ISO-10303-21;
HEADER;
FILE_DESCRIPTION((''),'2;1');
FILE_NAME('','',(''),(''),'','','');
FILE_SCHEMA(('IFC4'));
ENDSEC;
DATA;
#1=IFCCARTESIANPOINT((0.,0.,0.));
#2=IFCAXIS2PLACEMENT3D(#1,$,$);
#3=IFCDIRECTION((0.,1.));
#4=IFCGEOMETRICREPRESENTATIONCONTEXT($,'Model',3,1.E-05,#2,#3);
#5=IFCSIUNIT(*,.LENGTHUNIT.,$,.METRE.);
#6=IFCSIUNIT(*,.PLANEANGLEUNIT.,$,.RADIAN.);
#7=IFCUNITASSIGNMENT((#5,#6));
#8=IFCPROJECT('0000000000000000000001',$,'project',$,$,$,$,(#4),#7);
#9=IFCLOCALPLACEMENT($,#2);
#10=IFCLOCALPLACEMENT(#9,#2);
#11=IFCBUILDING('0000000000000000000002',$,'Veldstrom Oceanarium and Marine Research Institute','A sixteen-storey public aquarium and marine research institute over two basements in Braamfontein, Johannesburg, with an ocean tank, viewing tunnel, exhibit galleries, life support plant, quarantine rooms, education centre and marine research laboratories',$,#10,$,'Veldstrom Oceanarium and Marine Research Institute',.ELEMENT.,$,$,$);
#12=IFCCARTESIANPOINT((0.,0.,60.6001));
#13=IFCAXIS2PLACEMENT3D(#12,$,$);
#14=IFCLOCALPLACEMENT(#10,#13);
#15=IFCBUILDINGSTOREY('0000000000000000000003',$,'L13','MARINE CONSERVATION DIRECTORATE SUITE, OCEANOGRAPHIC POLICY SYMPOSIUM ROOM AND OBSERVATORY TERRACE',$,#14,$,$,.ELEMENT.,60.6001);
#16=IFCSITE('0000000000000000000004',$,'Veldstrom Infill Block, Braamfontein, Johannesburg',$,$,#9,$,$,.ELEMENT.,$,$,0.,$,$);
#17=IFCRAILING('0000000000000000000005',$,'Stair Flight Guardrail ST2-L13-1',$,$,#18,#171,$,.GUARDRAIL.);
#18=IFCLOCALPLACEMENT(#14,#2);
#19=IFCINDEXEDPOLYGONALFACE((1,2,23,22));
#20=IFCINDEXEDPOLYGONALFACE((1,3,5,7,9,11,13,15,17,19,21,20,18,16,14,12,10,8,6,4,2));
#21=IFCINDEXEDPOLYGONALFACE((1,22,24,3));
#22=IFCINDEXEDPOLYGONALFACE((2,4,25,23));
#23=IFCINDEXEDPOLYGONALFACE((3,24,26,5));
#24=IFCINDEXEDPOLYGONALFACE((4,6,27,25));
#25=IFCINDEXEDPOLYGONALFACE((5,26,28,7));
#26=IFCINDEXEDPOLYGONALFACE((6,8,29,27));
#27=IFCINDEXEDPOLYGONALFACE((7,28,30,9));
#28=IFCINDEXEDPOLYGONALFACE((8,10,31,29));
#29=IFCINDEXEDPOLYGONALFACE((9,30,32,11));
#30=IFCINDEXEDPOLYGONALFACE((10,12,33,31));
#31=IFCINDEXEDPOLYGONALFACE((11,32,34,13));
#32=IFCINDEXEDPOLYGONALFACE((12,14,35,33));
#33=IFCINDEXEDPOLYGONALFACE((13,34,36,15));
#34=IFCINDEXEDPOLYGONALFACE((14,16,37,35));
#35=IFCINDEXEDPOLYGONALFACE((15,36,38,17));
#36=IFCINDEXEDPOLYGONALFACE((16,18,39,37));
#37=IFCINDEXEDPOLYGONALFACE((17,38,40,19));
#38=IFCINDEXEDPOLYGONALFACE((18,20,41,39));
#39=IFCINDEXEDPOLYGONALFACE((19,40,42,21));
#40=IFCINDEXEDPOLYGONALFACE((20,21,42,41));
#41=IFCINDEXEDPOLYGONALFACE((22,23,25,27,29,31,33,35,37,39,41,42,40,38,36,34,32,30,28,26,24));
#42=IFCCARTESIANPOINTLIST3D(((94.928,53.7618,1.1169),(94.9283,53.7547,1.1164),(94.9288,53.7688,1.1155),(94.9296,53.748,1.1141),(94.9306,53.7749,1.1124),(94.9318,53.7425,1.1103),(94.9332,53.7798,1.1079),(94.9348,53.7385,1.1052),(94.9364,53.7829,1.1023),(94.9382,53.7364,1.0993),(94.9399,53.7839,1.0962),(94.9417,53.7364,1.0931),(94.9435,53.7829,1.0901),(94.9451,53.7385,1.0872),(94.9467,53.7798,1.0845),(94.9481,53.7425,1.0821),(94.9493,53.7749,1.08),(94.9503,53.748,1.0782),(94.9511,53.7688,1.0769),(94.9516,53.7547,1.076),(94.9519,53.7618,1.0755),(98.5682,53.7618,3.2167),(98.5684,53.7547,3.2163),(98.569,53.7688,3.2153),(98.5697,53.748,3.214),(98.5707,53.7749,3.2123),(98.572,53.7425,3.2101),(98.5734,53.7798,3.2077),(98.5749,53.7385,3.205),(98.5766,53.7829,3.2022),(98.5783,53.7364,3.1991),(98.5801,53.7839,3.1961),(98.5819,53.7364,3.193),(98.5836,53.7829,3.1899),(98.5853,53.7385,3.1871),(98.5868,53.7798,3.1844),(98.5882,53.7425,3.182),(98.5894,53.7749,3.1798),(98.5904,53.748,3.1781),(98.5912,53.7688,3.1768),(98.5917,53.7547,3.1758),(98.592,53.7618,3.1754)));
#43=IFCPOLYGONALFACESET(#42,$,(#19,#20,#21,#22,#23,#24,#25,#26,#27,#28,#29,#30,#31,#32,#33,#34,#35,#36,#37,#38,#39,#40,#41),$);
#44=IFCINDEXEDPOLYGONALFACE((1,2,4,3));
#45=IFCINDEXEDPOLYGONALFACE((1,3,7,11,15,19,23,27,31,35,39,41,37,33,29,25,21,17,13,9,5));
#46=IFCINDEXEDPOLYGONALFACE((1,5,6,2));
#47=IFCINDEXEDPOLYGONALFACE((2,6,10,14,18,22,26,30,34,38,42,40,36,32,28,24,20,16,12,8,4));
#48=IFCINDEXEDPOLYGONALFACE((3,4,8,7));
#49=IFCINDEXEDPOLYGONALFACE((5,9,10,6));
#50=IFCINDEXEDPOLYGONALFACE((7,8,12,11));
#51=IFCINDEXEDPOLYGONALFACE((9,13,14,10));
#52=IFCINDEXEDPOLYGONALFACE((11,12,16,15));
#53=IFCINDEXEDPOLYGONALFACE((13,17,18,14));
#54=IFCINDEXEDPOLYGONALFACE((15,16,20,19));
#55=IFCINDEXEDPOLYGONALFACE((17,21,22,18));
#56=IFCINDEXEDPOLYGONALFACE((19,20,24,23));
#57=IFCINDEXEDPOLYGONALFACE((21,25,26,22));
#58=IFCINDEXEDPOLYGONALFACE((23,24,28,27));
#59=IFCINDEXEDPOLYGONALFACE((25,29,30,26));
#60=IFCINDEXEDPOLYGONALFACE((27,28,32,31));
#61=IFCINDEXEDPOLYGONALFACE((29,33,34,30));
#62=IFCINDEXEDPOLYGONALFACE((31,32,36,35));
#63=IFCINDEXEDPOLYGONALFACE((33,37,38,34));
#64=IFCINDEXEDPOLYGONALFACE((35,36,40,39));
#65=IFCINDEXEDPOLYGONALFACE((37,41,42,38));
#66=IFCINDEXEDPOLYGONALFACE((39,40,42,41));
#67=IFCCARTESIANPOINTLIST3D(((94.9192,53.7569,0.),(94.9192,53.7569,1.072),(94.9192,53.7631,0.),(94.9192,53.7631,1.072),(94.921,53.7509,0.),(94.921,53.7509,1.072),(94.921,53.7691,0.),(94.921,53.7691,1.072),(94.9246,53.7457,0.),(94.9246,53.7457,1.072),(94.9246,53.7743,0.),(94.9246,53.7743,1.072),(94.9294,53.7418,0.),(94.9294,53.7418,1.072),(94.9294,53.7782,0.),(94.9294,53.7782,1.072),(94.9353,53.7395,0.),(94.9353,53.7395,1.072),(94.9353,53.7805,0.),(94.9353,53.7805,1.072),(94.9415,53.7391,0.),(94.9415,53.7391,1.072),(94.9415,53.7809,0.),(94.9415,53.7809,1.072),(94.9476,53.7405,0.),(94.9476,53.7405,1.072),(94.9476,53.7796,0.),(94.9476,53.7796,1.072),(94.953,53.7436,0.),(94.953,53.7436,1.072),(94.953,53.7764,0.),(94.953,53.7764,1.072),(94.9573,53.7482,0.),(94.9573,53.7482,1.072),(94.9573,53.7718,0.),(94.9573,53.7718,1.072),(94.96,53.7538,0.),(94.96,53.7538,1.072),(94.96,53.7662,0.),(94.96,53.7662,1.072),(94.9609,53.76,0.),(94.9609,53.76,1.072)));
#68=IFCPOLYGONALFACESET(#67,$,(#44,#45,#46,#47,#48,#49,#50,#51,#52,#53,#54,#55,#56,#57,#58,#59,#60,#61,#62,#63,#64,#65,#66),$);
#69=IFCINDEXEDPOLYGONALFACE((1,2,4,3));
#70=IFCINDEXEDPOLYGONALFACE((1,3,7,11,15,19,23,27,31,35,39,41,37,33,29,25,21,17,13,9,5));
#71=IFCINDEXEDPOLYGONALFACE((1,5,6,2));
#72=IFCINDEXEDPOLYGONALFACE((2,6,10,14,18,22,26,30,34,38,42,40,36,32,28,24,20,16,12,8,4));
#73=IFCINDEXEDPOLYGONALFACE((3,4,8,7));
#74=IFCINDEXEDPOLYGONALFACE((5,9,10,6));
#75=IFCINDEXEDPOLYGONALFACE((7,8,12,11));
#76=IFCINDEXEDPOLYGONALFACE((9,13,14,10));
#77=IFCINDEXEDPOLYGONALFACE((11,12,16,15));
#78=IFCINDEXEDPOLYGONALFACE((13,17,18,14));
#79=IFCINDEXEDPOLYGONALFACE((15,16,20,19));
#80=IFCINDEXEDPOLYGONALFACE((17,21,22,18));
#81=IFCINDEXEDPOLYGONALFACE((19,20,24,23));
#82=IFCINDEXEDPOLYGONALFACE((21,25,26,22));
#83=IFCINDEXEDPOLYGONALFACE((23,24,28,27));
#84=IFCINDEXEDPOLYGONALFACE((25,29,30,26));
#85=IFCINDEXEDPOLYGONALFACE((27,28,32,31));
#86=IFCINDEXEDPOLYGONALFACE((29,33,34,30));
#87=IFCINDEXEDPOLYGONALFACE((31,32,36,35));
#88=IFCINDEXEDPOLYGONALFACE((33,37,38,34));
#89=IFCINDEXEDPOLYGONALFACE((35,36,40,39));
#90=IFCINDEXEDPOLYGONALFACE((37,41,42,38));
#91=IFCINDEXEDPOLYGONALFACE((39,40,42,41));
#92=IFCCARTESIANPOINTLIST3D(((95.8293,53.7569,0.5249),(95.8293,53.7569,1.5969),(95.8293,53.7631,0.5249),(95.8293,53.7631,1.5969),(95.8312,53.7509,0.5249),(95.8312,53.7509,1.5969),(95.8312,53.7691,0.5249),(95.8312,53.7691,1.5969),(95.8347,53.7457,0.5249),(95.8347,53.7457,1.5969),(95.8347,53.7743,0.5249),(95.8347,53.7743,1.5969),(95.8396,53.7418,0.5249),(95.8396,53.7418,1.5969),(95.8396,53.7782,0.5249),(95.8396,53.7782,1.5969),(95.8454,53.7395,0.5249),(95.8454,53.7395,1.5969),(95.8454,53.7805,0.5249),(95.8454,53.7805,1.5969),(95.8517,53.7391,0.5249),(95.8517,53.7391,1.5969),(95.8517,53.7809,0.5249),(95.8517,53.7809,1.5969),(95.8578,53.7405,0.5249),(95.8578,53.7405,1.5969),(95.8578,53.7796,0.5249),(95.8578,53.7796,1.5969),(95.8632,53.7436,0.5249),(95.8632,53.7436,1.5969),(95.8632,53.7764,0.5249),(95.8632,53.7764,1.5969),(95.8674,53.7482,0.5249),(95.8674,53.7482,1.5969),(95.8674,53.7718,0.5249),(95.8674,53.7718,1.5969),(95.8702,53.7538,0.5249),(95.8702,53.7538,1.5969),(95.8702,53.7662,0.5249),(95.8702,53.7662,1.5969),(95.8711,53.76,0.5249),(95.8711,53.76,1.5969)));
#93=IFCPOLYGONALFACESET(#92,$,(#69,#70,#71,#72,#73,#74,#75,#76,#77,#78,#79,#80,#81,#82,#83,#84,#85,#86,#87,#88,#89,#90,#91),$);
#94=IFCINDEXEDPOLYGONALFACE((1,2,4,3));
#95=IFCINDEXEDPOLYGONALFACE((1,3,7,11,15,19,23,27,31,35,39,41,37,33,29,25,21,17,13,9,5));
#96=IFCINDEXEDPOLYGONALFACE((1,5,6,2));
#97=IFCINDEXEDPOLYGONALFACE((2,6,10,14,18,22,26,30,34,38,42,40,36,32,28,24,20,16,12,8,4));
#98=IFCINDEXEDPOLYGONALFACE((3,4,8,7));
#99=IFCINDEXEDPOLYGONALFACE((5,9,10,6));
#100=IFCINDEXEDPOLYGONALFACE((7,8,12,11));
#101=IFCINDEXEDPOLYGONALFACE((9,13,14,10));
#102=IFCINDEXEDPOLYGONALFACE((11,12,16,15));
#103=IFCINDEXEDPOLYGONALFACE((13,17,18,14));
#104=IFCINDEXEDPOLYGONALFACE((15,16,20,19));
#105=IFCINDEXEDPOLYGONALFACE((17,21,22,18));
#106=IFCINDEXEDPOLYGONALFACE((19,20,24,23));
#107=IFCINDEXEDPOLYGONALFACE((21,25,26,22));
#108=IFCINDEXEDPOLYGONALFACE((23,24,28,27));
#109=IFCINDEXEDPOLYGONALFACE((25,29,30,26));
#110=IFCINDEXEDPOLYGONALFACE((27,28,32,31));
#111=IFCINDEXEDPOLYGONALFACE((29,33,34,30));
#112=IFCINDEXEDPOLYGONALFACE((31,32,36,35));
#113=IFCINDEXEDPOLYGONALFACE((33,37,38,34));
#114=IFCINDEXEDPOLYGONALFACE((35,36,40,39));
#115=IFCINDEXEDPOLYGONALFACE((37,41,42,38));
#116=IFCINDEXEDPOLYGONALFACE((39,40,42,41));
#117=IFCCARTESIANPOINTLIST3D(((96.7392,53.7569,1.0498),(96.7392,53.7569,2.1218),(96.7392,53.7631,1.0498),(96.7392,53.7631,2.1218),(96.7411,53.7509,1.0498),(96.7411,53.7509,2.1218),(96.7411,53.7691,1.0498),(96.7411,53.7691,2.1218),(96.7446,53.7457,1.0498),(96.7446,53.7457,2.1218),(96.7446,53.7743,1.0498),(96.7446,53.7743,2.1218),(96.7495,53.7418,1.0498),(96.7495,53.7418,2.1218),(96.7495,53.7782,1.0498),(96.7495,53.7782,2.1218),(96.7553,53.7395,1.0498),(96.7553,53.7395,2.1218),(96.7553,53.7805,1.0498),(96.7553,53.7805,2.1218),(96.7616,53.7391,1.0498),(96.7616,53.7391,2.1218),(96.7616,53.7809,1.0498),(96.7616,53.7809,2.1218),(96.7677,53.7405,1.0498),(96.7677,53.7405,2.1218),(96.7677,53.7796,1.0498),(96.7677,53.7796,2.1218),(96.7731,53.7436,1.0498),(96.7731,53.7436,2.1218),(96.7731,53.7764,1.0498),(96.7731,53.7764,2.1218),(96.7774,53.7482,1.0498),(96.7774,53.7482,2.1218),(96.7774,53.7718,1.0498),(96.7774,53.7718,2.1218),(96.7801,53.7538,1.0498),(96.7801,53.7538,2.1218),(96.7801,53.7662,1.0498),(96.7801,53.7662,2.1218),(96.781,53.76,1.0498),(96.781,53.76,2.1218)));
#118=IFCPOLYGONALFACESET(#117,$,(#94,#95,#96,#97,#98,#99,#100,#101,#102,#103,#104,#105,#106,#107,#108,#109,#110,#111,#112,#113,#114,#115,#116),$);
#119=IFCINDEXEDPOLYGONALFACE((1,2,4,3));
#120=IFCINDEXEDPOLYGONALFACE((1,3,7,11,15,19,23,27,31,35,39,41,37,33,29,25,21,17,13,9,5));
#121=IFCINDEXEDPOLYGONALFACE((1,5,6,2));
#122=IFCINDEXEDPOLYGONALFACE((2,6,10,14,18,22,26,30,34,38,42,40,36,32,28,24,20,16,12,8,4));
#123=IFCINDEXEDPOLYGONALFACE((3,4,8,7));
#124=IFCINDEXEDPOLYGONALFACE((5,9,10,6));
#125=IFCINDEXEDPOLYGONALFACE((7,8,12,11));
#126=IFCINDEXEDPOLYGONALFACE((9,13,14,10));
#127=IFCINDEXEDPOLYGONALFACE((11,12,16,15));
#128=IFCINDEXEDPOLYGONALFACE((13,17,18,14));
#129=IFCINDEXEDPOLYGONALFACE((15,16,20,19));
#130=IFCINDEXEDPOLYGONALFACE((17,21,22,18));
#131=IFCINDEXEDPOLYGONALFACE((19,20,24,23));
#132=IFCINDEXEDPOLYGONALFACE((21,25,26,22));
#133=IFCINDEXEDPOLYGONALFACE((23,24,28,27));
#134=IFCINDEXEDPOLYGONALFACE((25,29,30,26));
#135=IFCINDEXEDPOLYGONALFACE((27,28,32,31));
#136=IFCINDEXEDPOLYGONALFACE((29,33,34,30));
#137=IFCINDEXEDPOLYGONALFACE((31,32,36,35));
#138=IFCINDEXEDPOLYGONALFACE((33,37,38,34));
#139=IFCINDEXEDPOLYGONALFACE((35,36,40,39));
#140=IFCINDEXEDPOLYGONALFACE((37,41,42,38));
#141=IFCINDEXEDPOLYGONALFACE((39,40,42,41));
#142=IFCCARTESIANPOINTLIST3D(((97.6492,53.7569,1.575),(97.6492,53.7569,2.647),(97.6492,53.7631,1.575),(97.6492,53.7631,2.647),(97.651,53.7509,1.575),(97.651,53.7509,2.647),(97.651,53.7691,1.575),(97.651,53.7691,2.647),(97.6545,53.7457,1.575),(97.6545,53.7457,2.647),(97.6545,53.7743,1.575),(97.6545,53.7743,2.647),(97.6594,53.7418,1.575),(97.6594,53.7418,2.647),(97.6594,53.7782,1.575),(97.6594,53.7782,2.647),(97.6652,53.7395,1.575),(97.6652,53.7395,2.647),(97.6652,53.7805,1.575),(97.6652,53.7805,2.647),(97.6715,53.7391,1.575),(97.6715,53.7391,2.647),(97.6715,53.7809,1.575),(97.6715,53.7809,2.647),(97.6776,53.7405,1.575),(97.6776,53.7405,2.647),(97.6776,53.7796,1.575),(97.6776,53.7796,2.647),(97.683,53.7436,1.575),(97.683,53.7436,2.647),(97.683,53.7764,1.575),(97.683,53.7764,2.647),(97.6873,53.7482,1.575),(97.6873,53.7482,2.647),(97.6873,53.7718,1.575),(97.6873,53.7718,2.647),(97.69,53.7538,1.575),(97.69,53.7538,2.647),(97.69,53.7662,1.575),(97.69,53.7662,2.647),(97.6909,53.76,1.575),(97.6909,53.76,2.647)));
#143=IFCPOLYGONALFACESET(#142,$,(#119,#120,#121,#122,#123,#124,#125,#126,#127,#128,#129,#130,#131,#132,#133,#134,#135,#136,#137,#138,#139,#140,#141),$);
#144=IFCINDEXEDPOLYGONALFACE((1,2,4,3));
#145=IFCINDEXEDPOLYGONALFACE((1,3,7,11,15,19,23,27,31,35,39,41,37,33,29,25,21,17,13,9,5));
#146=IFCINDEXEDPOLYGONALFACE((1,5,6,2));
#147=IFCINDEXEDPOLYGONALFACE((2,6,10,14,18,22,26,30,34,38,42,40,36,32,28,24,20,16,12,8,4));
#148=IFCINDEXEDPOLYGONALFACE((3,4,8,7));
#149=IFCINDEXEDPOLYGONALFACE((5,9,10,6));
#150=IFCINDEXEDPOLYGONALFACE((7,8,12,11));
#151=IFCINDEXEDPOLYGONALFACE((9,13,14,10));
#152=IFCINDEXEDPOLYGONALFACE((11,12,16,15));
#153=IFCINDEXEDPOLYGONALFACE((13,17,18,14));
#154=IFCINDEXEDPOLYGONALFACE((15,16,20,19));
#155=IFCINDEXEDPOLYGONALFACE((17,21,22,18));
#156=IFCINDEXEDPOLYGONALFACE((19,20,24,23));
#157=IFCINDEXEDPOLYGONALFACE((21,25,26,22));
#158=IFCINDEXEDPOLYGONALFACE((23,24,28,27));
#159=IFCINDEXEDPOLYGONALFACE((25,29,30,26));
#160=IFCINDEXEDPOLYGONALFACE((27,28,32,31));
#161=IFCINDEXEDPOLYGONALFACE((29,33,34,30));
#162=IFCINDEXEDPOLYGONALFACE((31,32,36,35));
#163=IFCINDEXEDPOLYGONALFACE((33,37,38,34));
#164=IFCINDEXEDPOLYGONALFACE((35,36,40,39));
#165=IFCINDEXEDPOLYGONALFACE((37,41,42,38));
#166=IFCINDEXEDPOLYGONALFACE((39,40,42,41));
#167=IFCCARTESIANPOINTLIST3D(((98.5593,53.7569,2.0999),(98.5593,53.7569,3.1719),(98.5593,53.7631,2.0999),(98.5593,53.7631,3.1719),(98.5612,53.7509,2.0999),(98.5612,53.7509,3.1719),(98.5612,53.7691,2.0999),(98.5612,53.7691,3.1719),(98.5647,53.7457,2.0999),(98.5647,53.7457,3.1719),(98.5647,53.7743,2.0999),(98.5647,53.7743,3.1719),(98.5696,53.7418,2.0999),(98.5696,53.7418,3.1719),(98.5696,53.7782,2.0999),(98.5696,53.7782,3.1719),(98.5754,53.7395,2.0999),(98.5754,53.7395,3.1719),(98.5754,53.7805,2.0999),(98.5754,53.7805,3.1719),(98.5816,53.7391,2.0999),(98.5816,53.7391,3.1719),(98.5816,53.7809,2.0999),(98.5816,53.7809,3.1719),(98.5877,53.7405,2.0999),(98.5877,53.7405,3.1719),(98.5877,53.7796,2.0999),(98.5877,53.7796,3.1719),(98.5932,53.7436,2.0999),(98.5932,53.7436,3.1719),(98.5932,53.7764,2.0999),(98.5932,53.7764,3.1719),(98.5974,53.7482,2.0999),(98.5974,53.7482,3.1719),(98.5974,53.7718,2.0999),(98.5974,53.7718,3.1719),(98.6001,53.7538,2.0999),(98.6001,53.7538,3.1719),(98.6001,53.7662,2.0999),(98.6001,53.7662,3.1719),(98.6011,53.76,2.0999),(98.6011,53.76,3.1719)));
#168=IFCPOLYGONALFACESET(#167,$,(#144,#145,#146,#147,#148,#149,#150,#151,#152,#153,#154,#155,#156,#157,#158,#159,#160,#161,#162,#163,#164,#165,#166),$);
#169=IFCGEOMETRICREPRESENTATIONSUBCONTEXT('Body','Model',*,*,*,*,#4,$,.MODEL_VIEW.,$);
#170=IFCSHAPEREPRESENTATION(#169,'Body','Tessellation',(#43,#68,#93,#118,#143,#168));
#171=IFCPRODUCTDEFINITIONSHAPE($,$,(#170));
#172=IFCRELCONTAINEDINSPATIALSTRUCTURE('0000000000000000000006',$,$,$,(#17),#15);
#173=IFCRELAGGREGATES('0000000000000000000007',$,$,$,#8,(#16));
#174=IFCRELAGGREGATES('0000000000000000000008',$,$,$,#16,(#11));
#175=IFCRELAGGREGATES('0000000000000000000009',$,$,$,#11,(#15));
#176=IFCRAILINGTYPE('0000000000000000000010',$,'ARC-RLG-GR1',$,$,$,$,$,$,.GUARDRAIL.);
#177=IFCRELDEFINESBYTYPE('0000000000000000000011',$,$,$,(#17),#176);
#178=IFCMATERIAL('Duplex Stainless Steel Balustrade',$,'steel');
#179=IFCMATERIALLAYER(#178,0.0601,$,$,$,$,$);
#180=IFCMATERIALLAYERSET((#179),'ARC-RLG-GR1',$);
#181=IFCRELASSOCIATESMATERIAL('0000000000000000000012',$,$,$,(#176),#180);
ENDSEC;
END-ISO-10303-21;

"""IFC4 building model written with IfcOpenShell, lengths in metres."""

from ifc_helpers import new_model, si_unit, direction, frame, origin, origin_2d, place, context, subcontext, project, spatial, circle, extrude, material, layer, layer_set, type_object, element, save


model = new_model("IFC4")

# Units and contexts
model_context = context("Model", 3, precision=1e-05, world=origin(), true_north=direction((0.0, 1.0)))
body_context = subcontext(model_context, "Body", "Model", "MODEL_VIEW")
ifc_project = project(units=[si_unit("LENGTHUNIT", "METRE"), si_unit("PLANEANGLEUNIT", "RADIAN")], contexts=[model_context])

# Site, building, storey
site_placement = place(None, origin())
site = spatial("IfcSite", under=ifc_project, at=site_placement, Name="Veldstrom Infill Block, Braamfontein, Johannesburg", CompositionType="ELEMENT", RefElevation=0.0)
building_placement = place(site_placement, origin())
building = spatial("IfcBuilding", under=site, at=building_placement, Name="Veldstrom Oceanarium and Marine Research Institute", Description="A sixteen-storey public aquarium and marine research institute over two basements in Braamfontein, Johannesburg, with an ocean tank, viewing tunnel, exhibit galleries, life support plant, quarantine rooms, education centre and marine research laboratories", LongName="Veldstrom Oceanarium and Marine Research Institute", CompositionType="ELEMENT")
storey_placement = place(building_placement, frame((0.0, 0.0, 60.6001)))
storey = spatial("IfcBuildingStorey", under=building, at=storey_placement, Name="L13", Description="MARINE CONSERVATION DIRECTORATE SUITE, OCEANOGRAPHIC POLICY SYMPOSIUM ROOM AND OBSERVATORY TERRACE", CompositionType="ELEMENT", Elevation=60.6001)

# Railing
ifc_material_1 = material(Name="Duplex Stainless Steel Balustrade", Category="steel")
ifc_layer_1 = layer(ifc_material_1, 0.0601)
ifc_layer_set_1 = layer_set([ifc_layer_1], Name="ARC-RLG-GR1")
railing_type_1 = type_object("IfcRailingType", Name="ARC-RLG-GR1", PredefinedType="GUARDRAIL", material=ifc_layer_set_1)
railing_1_placement = place(storey_placement, frame((94.9399, 53.76, 0.0)))
element("IfcRailing", 1, at=railing_1_placement, inside=storey, type_object=railing_type_1, Name="Stair Flight Guardrail ST2-L13-1", PredefinedType="GUARDRAIL", context=body_context, shape_type="SweptSolid", body=[
    extrude(circle(Radius=0.0239, at=origin_2d()), frame((0.0, 0.0, 1.0962), z_axis=(0.866209, 0.0, 0.499682), x_axis=(0.0, 1.0, 0.0)), (0.0, 0.0, 1.0), 4.2024),
    extrude(circle(Radius=0.021, at=origin_2d()), origin(), (0.0, 0.0, 1.0), 1.072),
    extrude(circle(Radius=0.021, at=origin_2d()), frame((0.9102, 0.0, 0.5249)), (0.0, 0.0, 1.0), 1.072),
    extrude(circle(Radius=0.021, at=origin_2d()), frame((1.8201, 0.0, 1.0498)), (0.0, 0.0, 1.0), 1.072),
    extrude(circle(Radius=0.021, at=origin_2d()), frame((2.73, 0.0, 1.575)), (0.0, 0.0, 1.0), 1.072),
    extrude(circle(Radius=0.021, at=origin_2d()), frame((3.6401, 0.0, 2.0999)), (0.0, 0.0, 1.0), 1.072),
])

save(model, "model.ifc")
